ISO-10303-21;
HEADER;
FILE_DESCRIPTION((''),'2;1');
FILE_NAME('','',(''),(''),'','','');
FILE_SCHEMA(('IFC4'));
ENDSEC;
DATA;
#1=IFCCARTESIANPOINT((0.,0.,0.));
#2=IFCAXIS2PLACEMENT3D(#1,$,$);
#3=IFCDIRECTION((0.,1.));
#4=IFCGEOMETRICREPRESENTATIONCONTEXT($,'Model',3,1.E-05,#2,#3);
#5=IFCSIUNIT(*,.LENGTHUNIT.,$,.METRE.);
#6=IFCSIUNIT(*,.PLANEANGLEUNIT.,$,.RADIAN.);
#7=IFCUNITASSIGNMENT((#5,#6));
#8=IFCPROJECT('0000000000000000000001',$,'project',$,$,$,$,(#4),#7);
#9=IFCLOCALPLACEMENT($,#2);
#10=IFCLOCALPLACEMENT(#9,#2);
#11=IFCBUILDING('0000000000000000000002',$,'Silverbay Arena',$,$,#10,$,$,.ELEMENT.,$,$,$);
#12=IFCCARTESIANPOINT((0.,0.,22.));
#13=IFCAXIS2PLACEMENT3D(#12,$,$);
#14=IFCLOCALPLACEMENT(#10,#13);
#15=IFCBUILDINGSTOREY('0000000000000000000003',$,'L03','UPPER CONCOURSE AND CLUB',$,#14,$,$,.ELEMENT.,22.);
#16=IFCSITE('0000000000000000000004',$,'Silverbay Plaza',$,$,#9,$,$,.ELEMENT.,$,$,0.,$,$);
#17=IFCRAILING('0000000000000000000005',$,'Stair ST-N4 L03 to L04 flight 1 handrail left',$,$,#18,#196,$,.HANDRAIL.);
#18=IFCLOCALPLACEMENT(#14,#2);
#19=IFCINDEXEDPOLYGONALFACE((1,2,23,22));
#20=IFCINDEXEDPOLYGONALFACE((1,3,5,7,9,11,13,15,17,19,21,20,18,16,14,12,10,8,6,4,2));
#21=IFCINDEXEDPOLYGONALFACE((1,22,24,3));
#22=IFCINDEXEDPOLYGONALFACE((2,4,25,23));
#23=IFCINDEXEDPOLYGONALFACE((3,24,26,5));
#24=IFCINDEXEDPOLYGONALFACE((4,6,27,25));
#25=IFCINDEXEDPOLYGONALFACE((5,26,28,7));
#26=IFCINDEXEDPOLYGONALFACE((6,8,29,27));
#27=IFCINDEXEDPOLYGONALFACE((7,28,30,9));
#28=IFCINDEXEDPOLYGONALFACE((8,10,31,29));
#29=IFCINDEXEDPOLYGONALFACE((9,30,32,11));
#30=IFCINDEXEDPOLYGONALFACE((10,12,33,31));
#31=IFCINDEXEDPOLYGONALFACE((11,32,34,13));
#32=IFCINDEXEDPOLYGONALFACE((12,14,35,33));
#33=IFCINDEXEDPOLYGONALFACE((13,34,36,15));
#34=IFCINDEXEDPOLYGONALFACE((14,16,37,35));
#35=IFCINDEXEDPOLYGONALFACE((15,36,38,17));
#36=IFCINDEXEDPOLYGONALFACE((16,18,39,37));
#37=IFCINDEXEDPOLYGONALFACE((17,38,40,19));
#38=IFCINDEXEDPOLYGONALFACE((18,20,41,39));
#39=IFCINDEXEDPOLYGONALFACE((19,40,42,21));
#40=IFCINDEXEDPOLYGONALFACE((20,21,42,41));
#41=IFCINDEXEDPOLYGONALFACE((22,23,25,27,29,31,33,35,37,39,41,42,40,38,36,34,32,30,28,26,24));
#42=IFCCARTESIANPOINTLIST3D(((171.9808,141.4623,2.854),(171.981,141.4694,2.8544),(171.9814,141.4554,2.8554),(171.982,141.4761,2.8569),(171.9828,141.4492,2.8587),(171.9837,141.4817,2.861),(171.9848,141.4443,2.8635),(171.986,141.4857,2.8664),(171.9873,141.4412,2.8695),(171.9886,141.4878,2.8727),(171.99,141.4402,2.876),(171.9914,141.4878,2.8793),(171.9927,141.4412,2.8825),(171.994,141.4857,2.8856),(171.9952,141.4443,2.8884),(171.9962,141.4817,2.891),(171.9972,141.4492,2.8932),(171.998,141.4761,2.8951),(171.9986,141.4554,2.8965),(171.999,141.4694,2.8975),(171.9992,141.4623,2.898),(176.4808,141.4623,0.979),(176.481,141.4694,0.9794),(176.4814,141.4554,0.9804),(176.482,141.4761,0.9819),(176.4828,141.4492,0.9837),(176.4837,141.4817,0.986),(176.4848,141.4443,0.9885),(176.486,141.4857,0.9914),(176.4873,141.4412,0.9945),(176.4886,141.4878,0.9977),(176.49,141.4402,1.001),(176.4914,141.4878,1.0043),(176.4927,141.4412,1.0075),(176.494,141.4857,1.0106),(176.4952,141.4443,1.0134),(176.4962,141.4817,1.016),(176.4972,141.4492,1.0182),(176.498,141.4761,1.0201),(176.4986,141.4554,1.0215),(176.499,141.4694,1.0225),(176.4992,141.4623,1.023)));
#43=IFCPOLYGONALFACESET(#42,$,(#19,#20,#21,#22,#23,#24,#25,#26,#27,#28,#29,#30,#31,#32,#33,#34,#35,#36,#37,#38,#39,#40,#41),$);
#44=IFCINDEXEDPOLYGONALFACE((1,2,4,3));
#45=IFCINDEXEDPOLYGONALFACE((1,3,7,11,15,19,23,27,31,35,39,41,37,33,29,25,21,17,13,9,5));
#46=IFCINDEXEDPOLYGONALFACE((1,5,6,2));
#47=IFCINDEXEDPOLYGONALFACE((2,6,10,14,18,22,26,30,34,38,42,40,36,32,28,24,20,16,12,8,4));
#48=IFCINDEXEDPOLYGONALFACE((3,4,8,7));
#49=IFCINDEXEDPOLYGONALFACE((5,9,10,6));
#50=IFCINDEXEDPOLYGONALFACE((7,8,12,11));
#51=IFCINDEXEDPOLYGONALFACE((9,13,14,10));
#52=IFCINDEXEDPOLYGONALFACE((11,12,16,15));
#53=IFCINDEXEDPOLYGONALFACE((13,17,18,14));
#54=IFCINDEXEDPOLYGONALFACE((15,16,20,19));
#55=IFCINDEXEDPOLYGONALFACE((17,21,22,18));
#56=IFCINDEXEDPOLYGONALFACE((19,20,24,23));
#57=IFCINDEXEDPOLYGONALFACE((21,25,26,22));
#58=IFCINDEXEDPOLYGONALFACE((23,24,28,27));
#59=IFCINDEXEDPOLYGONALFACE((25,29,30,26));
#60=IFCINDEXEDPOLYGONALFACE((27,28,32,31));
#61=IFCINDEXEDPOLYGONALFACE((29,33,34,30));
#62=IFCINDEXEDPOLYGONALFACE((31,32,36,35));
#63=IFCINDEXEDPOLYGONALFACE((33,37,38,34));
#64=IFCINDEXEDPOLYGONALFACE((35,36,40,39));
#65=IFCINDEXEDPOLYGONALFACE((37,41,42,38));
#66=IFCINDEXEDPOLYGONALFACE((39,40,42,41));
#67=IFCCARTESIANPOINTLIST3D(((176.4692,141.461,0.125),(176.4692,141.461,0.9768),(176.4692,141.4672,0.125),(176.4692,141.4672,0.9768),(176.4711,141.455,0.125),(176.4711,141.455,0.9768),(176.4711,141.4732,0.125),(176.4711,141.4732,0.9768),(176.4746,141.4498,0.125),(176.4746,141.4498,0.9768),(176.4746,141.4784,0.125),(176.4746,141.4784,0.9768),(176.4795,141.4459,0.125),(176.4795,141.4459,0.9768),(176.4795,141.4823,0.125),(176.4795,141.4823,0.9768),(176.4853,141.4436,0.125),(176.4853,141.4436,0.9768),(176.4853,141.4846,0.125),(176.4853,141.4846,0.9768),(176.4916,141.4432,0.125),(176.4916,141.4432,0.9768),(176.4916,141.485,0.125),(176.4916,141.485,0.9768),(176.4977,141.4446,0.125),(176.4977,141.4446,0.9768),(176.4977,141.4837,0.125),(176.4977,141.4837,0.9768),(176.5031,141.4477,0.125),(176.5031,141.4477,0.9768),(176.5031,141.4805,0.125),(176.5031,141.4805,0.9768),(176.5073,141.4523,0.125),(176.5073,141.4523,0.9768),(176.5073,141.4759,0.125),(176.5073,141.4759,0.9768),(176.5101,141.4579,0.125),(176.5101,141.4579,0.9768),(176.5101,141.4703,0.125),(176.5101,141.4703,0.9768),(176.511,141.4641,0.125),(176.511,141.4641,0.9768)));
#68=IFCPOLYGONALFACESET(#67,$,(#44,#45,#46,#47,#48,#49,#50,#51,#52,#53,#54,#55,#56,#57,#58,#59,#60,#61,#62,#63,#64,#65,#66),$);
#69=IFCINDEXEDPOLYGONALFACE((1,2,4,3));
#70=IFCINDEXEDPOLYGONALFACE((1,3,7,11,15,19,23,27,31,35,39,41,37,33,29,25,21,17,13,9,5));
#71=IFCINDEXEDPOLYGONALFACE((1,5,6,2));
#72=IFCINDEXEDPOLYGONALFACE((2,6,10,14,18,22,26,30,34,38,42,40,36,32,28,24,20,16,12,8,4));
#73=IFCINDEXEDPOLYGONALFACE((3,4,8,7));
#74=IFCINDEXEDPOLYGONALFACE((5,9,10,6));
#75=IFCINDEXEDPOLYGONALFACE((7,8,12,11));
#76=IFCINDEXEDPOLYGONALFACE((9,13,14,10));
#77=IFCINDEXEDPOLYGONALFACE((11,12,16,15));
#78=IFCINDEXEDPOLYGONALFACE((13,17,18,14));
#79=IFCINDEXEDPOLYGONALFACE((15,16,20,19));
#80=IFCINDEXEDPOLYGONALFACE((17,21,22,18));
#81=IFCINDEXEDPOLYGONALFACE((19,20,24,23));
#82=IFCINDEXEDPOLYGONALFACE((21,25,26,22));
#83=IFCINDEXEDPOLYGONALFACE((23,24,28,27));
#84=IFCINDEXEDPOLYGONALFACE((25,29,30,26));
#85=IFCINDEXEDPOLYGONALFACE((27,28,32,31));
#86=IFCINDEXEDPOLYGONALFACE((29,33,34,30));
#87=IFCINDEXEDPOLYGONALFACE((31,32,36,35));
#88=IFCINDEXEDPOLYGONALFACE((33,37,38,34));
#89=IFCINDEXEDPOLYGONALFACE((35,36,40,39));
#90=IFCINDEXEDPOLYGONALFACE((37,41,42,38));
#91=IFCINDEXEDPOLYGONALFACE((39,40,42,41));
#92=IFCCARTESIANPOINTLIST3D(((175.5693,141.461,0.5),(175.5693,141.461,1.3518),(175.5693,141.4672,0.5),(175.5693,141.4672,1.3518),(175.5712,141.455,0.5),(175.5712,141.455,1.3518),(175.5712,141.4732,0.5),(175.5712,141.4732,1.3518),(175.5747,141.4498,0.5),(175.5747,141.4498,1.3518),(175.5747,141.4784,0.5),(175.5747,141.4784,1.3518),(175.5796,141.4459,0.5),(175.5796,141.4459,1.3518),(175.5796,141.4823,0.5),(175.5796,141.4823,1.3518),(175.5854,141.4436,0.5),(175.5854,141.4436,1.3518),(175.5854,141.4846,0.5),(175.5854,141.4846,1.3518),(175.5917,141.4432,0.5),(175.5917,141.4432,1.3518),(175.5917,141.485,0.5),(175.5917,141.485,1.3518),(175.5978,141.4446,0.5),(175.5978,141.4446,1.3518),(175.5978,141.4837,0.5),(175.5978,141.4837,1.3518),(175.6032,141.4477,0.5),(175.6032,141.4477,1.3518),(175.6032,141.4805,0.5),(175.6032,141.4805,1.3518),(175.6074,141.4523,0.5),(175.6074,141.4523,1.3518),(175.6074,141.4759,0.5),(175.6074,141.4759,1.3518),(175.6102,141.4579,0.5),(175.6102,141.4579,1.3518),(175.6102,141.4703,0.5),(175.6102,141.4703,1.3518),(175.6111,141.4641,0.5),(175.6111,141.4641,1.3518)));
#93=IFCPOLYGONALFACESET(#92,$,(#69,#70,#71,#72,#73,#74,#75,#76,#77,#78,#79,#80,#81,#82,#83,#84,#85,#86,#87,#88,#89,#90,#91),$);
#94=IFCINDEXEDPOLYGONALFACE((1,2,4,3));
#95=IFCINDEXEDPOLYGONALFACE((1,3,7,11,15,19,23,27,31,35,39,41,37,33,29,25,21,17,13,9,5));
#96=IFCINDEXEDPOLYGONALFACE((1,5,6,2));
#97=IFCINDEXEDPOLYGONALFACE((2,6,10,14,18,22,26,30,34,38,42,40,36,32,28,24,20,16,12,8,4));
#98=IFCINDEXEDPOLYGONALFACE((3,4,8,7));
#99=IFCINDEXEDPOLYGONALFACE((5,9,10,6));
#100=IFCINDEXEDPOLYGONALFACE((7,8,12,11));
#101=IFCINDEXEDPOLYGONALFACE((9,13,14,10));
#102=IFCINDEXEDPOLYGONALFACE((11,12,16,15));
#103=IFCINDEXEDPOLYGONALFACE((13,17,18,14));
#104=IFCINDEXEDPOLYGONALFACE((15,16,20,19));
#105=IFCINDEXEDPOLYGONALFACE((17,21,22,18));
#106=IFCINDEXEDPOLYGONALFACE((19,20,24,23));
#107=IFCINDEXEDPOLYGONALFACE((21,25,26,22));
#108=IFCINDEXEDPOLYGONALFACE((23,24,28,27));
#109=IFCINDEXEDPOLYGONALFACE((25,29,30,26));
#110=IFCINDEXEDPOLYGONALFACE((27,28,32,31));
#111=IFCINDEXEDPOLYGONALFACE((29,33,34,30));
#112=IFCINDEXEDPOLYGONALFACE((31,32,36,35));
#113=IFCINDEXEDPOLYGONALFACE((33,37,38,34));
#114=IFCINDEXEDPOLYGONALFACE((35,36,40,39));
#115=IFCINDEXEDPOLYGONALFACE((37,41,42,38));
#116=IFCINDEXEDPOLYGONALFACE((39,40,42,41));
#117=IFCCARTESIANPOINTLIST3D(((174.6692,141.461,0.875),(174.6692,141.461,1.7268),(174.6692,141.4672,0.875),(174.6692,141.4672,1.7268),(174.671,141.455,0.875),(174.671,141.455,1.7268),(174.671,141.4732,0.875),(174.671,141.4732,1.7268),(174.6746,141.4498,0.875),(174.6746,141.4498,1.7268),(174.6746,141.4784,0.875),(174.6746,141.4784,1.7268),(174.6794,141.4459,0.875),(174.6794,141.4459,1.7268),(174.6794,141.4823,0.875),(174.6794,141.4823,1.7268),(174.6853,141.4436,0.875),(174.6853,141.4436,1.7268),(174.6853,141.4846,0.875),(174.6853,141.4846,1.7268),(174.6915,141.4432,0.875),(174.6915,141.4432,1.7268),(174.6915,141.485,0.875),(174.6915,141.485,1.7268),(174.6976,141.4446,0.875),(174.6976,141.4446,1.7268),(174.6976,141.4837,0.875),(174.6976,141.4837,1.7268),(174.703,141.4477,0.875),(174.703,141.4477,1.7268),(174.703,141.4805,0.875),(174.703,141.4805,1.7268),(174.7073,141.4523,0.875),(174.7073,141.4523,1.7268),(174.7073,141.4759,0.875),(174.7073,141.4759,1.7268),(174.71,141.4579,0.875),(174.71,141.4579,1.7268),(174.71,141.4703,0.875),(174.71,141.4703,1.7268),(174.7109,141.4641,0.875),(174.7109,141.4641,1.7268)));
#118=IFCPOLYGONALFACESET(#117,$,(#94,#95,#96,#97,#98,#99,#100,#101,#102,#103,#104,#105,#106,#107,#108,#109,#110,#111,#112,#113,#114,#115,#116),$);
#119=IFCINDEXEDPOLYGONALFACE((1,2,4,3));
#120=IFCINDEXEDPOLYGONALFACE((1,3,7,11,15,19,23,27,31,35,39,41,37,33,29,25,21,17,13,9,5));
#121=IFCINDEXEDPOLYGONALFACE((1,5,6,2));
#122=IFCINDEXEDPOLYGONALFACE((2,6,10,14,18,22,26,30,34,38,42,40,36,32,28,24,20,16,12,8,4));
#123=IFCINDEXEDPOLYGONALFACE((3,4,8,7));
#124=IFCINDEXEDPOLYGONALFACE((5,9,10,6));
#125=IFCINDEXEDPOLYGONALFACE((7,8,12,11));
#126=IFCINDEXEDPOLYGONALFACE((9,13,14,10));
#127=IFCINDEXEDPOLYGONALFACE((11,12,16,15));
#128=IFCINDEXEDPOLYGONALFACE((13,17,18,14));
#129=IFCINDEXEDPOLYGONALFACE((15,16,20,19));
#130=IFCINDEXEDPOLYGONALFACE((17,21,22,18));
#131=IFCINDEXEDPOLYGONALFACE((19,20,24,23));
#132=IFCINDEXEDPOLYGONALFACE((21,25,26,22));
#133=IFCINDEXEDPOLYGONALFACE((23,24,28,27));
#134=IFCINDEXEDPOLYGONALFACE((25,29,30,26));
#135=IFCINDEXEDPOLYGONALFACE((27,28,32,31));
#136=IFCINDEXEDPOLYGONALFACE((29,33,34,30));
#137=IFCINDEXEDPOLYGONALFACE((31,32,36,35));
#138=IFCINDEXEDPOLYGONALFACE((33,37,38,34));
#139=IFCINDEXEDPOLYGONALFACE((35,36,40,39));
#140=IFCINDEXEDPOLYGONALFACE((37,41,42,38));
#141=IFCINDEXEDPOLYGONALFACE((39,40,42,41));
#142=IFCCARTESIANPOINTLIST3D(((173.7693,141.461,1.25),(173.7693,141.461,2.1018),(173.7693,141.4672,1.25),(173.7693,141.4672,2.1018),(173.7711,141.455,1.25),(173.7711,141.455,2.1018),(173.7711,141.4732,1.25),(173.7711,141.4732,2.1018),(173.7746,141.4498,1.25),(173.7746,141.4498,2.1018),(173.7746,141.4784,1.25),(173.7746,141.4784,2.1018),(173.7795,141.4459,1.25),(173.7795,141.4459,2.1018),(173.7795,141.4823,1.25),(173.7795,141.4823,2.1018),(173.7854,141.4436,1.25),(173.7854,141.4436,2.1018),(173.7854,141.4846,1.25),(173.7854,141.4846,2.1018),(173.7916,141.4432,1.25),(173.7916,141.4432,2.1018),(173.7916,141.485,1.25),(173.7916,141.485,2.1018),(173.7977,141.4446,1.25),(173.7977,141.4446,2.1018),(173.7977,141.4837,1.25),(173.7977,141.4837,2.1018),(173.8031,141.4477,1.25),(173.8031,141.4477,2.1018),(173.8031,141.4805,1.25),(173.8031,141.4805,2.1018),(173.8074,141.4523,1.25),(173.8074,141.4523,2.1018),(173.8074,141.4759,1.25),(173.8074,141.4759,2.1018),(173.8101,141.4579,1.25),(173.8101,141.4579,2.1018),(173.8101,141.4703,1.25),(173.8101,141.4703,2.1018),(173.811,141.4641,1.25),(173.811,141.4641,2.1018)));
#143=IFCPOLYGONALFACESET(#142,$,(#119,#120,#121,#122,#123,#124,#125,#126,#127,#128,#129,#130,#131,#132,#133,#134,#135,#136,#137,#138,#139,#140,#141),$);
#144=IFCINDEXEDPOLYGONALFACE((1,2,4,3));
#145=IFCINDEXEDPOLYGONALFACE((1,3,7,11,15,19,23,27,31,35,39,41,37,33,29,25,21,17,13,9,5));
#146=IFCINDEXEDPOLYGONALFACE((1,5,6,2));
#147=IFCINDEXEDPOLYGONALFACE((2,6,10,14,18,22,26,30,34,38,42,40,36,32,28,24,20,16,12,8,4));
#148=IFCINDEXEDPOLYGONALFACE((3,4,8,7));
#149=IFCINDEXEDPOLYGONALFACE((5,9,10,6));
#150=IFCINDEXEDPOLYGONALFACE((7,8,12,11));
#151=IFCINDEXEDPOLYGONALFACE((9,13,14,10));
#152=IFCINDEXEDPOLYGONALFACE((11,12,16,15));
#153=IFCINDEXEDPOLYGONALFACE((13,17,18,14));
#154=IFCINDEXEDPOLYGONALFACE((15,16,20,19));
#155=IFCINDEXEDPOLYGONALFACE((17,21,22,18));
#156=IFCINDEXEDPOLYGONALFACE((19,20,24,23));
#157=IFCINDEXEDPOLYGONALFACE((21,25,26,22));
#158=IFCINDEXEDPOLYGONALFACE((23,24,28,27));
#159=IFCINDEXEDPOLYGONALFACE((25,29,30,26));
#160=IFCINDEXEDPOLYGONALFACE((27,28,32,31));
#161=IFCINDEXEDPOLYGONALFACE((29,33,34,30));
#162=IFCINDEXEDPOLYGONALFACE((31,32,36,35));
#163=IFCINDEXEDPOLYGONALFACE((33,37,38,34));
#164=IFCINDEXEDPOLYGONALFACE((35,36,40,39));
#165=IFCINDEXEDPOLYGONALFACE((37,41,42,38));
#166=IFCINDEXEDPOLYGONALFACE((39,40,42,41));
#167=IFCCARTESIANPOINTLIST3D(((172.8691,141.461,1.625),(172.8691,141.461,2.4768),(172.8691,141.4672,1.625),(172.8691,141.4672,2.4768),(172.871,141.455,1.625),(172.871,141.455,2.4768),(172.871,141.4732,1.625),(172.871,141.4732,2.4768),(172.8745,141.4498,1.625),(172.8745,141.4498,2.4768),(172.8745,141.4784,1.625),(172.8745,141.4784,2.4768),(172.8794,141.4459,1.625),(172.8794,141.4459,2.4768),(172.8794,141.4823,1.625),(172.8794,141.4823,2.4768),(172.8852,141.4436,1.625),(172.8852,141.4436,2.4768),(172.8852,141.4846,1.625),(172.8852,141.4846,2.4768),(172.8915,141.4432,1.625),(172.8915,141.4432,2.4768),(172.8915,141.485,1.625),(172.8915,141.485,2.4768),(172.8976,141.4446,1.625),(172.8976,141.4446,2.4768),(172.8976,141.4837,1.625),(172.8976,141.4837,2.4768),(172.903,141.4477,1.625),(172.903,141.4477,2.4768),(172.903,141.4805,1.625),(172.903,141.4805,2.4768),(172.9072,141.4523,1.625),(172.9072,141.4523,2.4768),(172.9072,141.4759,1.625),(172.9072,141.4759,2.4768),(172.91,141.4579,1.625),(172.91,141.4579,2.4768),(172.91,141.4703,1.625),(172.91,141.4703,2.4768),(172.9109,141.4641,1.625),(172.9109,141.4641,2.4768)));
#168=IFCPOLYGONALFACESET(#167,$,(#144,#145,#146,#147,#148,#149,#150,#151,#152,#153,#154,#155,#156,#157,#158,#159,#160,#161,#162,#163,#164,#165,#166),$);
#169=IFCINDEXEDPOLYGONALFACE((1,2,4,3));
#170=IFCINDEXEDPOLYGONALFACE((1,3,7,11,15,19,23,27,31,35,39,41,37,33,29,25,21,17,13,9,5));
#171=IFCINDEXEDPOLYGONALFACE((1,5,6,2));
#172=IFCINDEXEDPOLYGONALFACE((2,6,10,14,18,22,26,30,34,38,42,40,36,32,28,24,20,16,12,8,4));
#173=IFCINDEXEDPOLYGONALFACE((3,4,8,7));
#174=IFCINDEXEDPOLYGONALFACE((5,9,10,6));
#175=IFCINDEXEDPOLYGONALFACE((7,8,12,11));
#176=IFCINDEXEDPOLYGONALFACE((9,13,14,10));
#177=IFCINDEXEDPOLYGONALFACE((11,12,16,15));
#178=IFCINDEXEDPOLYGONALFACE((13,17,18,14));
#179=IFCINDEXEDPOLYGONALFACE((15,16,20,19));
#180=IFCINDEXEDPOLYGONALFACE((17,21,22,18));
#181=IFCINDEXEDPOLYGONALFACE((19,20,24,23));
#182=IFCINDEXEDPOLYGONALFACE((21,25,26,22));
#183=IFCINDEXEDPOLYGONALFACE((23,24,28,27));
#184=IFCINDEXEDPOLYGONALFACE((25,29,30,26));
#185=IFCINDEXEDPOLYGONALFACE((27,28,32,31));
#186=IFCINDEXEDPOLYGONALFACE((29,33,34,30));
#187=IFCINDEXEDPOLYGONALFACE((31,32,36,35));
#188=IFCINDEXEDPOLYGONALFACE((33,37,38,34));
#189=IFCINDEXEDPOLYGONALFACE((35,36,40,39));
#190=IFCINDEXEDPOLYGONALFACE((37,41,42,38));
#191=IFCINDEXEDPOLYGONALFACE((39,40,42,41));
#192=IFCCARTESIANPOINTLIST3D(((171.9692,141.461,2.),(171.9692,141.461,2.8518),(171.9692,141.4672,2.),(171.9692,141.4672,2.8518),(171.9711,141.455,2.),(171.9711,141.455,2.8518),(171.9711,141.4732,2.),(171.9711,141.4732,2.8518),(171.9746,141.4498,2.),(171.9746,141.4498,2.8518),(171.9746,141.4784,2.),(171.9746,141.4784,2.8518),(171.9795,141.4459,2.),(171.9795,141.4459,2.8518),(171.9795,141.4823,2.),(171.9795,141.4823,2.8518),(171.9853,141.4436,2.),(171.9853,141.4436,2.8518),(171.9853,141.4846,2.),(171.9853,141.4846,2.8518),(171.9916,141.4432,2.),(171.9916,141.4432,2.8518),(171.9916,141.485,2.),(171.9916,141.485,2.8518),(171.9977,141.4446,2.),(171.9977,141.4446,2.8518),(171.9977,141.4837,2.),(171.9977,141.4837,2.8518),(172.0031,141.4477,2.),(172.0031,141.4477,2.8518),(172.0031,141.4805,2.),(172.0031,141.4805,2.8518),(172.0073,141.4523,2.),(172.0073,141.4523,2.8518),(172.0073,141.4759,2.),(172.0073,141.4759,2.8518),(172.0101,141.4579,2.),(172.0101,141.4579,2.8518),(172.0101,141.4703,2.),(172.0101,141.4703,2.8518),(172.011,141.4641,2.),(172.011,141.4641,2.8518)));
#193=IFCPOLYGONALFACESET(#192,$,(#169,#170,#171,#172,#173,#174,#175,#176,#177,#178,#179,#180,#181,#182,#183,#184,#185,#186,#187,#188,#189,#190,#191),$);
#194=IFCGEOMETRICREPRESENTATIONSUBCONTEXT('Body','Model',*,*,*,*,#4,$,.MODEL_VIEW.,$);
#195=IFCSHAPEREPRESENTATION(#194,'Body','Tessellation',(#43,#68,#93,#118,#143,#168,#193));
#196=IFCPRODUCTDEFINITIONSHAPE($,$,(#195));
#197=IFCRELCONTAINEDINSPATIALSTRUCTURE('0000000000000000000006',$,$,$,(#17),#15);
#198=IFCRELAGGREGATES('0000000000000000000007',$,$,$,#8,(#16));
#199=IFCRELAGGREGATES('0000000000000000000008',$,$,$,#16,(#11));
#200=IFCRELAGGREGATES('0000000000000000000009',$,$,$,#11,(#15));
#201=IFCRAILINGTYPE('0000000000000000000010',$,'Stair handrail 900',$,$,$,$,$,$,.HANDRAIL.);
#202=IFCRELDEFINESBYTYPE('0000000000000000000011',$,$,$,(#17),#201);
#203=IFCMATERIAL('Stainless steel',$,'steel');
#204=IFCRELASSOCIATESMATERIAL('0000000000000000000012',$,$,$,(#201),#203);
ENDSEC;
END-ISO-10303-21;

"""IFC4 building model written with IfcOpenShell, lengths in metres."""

from ifc_helpers import new_model, si_unit, direction, frame, origin, origin_2d, place, context, subcontext, project, spatial, circle, extrude, material, type_object, element, save


model = new_model("IFC4")

# Units and contexts
model_context = context("Model", 3, precision=1e-05, world=origin(), true_north=direction((0.0, 1.0)))
body_context = subcontext(model_context, "Body", "Model", "MODEL_VIEW")
ifc_project = project(units=[si_unit("LENGTHUNIT", "METRE"), si_unit("PLANEANGLEUNIT", "RADIAN")], contexts=[model_context])

# Site, building, storey
site_placement = place(None, origin())
site = spatial("IfcSite", under=ifc_project, at=site_placement, Name="Silverbay Plaza", CompositionType="ELEMENT", RefElevation=0.0)
building_placement = place(site_placement, origin())
building = spatial("IfcBuilding", under=site, at=building_placement, Name="Silverbay Arena", CompositionType="ELEMENT")
storey_placement = place(building_placement, frame((0.0, 0.0, 22.0)))
storey = spatial("IfcBuildingStorey", under=building, at=storey_placement, Name="L03", Description="UPPER CONCOURSE AND CLUB", CompositionType="ELEMENT", Elevation=22.0)

# Railing
ifc_material_1 = material(Name="Stainless steel", Category="steel")
railing_type_1 = type_object("IfcRailingType", Name="Stair handrail 900", PredefinedType="HANDRAIL", material=ifc_material_1)
for number, where, name in (
    (1, (176.49, 141.4641, 0.125), "Stair ST-N4 L03 to L04 flight 1 handrail left"),
):
    element("IfcRailing", number, at=place(storey_placement, frame(where)), inside=storey, type_object=railing_type_1, Name=name, PredefinedType="HANDRAIL", context=body_context, shape_type="SweptSolid", body=[
        extrude(circle(Radius=0.0239, at=origin_2d()), frame((0.0, 0.0, 0.876), z_axis=(-0.923077, 0.0, 0.384615), x_axis=(0.0, -1.0, 0.0)), (0.0, 0.0, 1.0), 4.875),
        extrude(circle(Radius=0.021, at=origin_2d()), origin(), (0.0, 0.0, 1.0), 0.8518),
        extrude(circle(Radius=0.021, at=origin_2d()), frame((-0.8999, 0.0, 0.375)), (0.0, 0.0, 1.0), 0.8518),
        extrude(circle(Radius=0.021, at=origin_2d()), frame((-1.8, 0.0, 0.75)), (0.0, 0.0, 1.0), 0.8518),
        extrude(circle(Radius=0.021, at=origin_2d()), frame((-2.7, 0.0, 1.125)), (0.0, 0.0, 1.0), 0.8518),
        extrude(circle(Radius=0.021, at=origin_2d()), frame((-3.6001, 0.0, 1.5)), (0.0, 0.0, 1.0), 0.8518),
        extrude(circle(Radius=0.021, at=origin_2d()), frame((-4.5, 0.0, 1.875)), (0.0, 0.0, 1.0), 0.8518),
    ])

save(model, "model.ifc")
